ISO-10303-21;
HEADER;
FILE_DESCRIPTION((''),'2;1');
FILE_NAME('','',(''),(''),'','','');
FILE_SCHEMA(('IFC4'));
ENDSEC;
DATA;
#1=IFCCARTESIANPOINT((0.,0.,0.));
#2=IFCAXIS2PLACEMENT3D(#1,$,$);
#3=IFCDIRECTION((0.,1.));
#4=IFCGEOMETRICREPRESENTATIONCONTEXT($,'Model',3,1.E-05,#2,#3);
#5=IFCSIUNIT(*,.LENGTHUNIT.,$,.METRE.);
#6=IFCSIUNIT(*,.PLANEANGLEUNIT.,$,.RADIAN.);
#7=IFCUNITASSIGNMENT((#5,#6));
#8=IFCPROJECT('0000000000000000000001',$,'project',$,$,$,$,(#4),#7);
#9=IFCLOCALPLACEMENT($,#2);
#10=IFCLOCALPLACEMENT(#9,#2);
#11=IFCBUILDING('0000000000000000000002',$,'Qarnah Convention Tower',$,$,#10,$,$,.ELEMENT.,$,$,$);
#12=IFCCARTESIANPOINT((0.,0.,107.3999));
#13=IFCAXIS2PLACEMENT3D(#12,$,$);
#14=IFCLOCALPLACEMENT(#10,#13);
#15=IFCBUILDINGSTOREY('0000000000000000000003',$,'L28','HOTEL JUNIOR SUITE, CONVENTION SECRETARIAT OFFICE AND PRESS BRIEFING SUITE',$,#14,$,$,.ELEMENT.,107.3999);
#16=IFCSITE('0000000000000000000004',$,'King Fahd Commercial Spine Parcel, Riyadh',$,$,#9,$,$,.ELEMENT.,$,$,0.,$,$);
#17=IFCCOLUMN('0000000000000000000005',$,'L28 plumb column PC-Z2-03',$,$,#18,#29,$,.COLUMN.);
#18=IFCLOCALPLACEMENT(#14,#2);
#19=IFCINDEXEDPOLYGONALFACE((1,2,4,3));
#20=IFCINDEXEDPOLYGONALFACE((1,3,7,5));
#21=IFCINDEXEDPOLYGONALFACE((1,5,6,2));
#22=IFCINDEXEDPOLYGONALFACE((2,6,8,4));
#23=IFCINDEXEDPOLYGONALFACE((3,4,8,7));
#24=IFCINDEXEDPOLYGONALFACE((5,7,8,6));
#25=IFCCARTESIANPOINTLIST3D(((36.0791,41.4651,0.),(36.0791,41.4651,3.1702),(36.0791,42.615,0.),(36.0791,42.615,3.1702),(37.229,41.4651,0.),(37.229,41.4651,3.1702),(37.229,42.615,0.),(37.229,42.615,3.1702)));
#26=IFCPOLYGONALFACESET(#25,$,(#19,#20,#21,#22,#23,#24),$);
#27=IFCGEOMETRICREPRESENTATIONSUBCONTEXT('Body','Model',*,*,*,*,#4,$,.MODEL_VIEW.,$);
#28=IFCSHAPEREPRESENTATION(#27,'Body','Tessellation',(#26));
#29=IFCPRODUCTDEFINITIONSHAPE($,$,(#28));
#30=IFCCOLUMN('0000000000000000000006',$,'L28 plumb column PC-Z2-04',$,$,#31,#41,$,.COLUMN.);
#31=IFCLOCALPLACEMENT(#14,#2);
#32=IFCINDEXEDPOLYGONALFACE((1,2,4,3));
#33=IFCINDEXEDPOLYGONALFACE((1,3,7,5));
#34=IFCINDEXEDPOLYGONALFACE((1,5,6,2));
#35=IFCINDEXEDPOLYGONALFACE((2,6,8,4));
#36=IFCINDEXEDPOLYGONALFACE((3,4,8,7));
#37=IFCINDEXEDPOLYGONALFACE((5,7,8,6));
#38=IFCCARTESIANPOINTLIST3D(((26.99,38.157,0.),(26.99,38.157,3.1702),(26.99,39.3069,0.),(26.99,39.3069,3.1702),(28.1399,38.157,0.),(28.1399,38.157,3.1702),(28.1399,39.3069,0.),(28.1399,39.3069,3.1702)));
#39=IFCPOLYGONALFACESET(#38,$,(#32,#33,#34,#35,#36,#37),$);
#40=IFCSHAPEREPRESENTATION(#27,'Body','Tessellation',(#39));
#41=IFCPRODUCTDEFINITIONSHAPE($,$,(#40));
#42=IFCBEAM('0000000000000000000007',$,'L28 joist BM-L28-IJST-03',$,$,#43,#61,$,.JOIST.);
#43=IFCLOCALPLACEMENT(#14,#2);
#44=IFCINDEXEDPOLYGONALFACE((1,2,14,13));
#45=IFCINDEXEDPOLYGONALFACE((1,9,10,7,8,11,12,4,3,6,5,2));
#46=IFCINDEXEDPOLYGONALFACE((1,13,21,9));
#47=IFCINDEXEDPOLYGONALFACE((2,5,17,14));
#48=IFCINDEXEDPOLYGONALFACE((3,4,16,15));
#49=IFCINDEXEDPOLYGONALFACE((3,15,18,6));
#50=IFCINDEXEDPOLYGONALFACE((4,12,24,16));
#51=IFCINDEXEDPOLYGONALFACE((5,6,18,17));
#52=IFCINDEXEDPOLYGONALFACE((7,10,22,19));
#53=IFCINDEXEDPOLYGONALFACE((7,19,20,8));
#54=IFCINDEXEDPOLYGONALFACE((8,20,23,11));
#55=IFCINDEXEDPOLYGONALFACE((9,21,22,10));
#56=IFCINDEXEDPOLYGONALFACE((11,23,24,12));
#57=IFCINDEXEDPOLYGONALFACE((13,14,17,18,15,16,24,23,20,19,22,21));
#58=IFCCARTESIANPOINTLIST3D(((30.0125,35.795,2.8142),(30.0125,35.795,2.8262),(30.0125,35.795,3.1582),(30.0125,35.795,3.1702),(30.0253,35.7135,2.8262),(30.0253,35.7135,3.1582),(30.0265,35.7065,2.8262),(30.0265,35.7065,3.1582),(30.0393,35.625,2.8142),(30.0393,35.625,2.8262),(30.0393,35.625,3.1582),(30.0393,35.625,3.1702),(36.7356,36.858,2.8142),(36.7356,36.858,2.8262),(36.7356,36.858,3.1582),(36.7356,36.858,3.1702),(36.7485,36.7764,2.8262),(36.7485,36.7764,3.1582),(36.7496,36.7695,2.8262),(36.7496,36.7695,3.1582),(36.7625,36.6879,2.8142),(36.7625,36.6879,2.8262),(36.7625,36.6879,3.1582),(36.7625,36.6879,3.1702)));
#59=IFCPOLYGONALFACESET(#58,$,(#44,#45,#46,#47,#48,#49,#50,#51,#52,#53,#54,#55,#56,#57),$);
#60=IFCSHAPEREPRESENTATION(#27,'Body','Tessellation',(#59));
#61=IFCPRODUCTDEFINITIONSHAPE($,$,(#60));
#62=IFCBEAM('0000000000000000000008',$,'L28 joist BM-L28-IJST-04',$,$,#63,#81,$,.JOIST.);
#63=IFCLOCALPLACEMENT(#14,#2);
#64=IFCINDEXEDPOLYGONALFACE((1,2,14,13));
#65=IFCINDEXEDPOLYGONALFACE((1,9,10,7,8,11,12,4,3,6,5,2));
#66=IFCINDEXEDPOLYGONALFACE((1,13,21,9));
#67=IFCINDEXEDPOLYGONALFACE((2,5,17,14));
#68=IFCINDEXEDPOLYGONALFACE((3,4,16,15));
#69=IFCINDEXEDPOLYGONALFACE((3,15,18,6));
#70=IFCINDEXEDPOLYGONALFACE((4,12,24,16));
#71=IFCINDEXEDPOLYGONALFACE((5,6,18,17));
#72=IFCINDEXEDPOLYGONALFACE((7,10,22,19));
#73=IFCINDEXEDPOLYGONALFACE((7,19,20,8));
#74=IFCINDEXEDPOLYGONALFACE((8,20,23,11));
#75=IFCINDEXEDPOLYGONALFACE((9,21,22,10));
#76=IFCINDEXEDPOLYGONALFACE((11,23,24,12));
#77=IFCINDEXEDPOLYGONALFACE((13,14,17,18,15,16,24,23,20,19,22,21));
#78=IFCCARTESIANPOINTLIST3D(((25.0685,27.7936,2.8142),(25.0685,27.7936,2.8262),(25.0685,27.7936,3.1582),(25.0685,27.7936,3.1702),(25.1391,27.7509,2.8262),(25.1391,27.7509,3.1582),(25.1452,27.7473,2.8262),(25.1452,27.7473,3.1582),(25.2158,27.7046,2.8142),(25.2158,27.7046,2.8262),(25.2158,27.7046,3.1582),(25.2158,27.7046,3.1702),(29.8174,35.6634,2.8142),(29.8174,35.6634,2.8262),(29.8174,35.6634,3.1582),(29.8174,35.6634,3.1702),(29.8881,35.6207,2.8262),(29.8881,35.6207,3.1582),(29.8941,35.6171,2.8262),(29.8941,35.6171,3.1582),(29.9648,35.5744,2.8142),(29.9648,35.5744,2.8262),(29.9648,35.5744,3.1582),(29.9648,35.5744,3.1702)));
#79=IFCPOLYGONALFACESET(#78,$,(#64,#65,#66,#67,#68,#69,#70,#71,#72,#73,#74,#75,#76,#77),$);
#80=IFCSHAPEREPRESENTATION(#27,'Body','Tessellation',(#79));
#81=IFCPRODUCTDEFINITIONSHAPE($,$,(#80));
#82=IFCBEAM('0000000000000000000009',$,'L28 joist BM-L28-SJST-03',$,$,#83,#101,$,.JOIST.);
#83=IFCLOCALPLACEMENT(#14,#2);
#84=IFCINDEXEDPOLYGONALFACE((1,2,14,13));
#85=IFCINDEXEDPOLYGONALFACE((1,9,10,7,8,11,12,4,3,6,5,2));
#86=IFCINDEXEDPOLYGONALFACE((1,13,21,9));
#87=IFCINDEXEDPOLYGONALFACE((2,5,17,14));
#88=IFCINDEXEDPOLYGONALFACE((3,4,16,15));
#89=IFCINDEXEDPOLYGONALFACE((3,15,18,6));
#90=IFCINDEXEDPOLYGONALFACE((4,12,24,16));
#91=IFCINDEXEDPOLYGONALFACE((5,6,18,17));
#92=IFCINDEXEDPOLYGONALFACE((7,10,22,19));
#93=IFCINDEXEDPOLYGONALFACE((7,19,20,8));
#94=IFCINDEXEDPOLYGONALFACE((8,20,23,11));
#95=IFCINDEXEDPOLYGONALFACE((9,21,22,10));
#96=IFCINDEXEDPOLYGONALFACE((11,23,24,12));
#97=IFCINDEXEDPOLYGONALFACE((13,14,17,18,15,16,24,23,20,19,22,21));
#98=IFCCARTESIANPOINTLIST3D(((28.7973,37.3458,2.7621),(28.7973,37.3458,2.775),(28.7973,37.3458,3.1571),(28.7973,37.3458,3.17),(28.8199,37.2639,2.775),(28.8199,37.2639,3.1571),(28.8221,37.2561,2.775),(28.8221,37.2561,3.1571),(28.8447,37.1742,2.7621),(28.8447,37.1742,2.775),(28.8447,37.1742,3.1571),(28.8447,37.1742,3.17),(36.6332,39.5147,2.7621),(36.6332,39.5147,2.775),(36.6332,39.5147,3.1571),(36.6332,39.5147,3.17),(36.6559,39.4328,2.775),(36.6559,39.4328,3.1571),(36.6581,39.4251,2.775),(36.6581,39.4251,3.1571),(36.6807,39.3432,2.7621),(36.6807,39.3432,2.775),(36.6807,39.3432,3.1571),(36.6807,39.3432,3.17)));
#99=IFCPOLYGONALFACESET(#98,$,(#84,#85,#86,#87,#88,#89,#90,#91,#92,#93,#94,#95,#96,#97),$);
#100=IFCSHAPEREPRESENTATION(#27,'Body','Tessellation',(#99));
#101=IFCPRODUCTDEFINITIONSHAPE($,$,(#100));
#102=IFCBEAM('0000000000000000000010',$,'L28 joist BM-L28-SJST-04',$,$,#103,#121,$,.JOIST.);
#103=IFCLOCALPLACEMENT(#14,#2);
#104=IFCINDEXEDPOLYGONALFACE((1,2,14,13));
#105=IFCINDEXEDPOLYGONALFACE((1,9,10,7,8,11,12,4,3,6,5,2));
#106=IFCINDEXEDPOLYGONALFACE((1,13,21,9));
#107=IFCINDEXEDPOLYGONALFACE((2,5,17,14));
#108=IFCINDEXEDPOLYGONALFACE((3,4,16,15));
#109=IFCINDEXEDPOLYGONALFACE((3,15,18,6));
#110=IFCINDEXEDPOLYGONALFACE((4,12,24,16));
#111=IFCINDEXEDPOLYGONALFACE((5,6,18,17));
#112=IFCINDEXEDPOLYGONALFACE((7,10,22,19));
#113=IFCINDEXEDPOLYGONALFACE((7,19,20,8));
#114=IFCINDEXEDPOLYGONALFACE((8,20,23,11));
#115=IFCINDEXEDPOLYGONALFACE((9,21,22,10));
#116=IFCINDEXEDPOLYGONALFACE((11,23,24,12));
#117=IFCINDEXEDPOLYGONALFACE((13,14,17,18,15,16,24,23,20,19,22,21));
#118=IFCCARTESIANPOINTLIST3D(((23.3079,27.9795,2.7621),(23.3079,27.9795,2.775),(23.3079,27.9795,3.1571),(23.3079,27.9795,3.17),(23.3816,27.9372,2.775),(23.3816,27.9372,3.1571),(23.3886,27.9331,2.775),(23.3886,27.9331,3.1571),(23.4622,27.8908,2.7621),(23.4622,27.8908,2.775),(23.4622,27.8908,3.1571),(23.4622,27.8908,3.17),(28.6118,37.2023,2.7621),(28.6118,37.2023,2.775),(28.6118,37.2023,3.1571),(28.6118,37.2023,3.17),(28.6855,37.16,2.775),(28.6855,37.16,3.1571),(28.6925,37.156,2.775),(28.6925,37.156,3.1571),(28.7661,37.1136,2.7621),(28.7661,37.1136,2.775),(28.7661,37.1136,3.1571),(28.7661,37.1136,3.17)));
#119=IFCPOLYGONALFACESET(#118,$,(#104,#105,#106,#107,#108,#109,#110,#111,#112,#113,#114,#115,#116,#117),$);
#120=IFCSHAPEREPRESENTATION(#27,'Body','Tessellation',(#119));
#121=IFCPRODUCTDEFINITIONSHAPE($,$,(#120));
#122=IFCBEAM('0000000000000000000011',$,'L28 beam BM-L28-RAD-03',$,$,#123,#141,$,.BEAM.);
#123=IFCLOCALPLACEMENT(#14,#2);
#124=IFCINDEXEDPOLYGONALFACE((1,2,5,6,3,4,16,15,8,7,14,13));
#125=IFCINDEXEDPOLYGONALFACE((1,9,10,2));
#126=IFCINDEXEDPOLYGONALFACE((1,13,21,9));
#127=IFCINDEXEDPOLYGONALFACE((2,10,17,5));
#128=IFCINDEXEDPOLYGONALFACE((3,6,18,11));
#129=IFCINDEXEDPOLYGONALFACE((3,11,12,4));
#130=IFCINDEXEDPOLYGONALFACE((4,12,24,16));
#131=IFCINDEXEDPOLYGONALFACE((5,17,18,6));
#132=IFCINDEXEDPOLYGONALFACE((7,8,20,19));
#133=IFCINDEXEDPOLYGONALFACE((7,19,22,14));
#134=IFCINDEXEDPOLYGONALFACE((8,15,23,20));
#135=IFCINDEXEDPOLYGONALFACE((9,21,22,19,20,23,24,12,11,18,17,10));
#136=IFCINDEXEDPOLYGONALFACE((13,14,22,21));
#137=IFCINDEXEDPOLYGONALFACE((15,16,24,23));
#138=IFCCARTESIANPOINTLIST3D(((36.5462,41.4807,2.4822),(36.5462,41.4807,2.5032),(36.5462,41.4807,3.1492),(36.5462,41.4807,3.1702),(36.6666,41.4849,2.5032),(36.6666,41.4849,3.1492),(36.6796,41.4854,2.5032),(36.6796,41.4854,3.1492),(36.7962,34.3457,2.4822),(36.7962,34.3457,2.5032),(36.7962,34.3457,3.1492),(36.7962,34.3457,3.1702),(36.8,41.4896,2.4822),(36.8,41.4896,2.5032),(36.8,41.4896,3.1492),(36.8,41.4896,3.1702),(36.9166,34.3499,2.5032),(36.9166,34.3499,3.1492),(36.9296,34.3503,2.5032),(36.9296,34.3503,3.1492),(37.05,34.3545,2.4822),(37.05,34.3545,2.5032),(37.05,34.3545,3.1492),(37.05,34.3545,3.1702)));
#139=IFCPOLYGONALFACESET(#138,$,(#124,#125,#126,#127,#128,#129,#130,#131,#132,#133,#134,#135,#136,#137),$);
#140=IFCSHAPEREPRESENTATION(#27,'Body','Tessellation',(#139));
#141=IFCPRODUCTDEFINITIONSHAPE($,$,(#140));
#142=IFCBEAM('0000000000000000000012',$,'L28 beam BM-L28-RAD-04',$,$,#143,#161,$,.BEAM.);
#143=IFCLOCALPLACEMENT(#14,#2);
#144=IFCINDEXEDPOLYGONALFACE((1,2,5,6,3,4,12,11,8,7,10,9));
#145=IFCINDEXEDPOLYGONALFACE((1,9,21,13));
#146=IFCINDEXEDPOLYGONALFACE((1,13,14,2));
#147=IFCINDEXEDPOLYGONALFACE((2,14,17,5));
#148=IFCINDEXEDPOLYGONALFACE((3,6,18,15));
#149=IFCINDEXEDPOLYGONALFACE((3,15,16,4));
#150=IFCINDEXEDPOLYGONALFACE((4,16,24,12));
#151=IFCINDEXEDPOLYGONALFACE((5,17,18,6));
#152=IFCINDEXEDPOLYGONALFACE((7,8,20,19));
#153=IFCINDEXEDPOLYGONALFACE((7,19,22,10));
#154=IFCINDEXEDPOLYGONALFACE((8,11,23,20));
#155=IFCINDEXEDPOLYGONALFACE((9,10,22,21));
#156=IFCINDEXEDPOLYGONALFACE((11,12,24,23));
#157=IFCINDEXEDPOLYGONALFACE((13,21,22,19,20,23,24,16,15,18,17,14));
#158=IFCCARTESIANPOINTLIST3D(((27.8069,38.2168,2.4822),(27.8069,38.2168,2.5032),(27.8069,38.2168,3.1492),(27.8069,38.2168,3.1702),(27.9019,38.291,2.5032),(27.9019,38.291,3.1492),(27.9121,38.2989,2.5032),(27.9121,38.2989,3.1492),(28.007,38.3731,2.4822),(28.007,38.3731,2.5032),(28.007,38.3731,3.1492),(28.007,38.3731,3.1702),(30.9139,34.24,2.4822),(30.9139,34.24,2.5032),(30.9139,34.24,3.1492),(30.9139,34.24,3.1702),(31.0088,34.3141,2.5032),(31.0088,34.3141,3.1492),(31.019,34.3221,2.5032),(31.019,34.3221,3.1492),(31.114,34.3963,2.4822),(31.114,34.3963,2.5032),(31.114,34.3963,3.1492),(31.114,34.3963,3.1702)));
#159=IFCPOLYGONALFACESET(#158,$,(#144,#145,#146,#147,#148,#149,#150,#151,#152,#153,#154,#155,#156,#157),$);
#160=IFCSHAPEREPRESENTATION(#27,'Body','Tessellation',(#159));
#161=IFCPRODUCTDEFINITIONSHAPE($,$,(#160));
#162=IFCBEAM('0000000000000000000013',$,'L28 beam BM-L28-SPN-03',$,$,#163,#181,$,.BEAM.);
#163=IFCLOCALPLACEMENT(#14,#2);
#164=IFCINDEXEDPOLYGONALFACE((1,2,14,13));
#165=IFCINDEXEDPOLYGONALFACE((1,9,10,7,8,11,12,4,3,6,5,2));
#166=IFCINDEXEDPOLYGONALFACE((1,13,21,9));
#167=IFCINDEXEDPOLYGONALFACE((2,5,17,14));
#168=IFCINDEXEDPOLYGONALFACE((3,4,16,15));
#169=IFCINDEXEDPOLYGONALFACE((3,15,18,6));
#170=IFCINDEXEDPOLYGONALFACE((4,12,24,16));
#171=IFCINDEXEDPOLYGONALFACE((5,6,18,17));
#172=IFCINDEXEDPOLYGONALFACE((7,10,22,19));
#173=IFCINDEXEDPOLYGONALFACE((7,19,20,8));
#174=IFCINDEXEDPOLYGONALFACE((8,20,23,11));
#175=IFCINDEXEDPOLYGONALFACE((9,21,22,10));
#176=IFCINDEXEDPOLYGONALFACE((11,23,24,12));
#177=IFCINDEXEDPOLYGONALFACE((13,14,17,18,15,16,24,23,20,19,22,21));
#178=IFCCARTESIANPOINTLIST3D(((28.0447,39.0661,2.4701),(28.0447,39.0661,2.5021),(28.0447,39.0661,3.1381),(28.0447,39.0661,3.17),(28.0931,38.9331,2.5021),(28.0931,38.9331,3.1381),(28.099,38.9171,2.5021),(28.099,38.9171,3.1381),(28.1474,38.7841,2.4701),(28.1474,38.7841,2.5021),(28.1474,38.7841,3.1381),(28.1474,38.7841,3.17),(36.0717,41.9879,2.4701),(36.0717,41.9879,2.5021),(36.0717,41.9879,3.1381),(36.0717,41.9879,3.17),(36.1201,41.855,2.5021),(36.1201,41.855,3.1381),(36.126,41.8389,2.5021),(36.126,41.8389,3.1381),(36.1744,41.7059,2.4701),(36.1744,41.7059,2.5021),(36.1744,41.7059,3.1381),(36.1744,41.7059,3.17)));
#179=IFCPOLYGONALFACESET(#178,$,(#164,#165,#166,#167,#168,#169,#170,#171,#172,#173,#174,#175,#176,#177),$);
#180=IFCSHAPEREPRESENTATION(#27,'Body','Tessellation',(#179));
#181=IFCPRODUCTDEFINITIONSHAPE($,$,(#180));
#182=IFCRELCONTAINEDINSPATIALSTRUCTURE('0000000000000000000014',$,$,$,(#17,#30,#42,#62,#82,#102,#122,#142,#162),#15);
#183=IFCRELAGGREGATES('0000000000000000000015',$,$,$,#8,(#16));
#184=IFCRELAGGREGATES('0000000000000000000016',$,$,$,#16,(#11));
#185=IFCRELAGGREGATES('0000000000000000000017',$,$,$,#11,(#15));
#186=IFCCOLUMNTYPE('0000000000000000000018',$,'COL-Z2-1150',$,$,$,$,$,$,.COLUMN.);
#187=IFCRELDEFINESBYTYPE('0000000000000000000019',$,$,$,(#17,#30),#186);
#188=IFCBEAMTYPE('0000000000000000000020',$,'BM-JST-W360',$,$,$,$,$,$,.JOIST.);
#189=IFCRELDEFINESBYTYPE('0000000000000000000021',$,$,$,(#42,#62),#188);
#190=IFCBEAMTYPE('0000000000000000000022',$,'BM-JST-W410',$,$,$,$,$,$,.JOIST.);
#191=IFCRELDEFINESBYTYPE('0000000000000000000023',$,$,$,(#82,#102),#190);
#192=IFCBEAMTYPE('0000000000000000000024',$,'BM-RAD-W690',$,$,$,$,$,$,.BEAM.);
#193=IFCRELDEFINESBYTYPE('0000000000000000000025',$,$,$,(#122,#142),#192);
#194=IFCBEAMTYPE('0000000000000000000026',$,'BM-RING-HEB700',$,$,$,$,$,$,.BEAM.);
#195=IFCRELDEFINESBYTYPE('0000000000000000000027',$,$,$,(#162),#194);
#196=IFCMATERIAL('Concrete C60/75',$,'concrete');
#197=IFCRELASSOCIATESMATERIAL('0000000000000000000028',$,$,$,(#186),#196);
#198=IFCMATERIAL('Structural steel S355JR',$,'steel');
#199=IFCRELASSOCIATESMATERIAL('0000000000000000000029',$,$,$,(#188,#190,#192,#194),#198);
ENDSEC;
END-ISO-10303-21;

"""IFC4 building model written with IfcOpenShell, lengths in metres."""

from ifc_helpers import new_model, si_unit, direction, frame, origin, origin_2d, place, context, subcontext, project, spatial, rectangle, i_section, extrude, material, material_profile, profile_set, type_object, element, save


model = new_model("IFC4")

# Units and contexts
model_context = context("Model", 3, precision=1e-05, world=origin(), true_north=direction((0.0, 1.0)))
body_context = subcontext(model_context, "Body", "Model", "MODEL_VIEW")
ifc_project = project(units=[si_unit("LENGTHUNIT", "METRE"), si_unit("PLANEANGLEUNIT", "RADIAN")], contexts=[model_context])

# Site, building, storey
site_placement = place(None, origin())
site = spatial("IfcSite", under=ifc_project, at=site_placement, Name="King Fahd Commercial Spine Parcel, Riyadh", CompositionType="ELEMENT", RefElevation=0.0)
building_placement = place(site_placement, origin())
building = spatial("IfcBuilding", under=site, at=building_placement, Name="Qarnah Convention Tower", CompositionType="ELEMENT")
storey_placement = place(building_placement, frame((0.0, 0.0, 107.3999)))
storey = spatial("IfcBuildingStorey", under=building, at=storey_placement, Name="L28", Description="HOTEL JUNIOR SUITE, CONVENTION SECRETARIAT OFFICE AND PRESS BRIEFING SUITE", CompositionType="ELEMENT", Elevation=107.3999)

# Columns
ifc_material_1 = material(Name="Concrete C60/75", Category="concrete")
ifc_material_profile_1 = material_profile(ifc_material_1, rectangle(XDim=1.1499, YDim=1.1499, at=origin_2d()), Name="RC-COL-1150X1150")
ifc_profile_set_1 = profile_set([ifc_material_profile_1], Name="Concrete C60/75")
column_type = type_object("IfcColumnType", Name="COL-Z2-1150", PredefinedType="COLUMN", material=ifc_profile_set_1)
for number, where, z_axis, x_axis, name in (
    (1, (36.6541, 42.04, 0.0), (0.0, 0.0, 1.0), (1.0, 0.0, 0.0), "L28 plumb column PC-Z2-03"),
    (2, (27.5649, 38.7319, 0.0), (0.0, 0.0, 1.0), (1.0, 0.0, 0.0), "L28 plumb column PC-Z2-04"),
):
    element("IfcColumn", number, at=place(storey_placement, frame(where, z_axis=z_axis, x_axis=x_axis)), inside=storey, type_object=column_type, Name=name, PredefinedType="COLUMN", context=body_context, shape_type="SweptSolid", body=[
        extrude(rectangle(XDim=1.1499, YDim=1.1499, at=origin_2d()), origin(), (0.0, 0.0, 1.0), 3.1702),
    ])

# Beams
ifc_material_2 = material(Name="Structural steel S355JR", Category="steel")
ifc_material_profile_2 = material_profile(ifc_material_2, i_section(OverallWidth=0.1721, OverallDepth=0.356, WebThickness=0.0071, FlangeThickness=0.012, at=origin_2d()), Name="W360X51")
ifc_profile_set_2 = profile_set([ifc_material_profile_2], Name="Structural steel S355JR")
beam_type_1 = type_object("IfcBeamType", Name="BM-JST-W360", PredefinedType="JOIST", material=ifc_profile_set_2)
beam_1_placement = place(storey_placement, frame((36.749, 36.7729, 2.9922), z_axis=(-0.98773, -0.156169, 0.0), x_axis=(0.156169, -0.98773, 0.0)))
element("IfcBeam", 3, at=beam_1_placement, inside=storey, type_object=beam_type_1, Name="L28 joist BM-L28-IJST-03", PredefinedType="JOIST", context=body_context, shape_type="SweptSolid", body=[
    extrude(i_section(OverallWidth=0.1721, OverallDepth=0.356, WebThickness=0.0071, FlangeThickness=0.012, at=origin_2d()), origin(), (0.0, 0.0, 1.0), 6.8066),
])
beam_2_placement = place(storey_placement, frame((29.8911, 35.6189, 2.9922), z_axis=(-0.516662, -0.856189, 0.0), x_axis=(0.856189, -0.516662, 0.0)))
element("IfcBeam", 4, at=beam_2_placement, inside=storey, type_object=beam_type_1, Name="L28 joist BM-L28-IJST-04", PredefinedType="JOIST", context=body_context, shape_type="SweptSolid", body=[
    extrude(i_section(OverallWidth=0.1721, OverallDepth=0.356, WebThickness=0.0071, FlangeThickness=0.012, at=origin_2d()), origin(), (0.0, 0.0, 1.0), 9.1917),
])
ifc_material_profile_3 = material_profile(ifc_material_2, i_section(OverallWidth=0.178, OverallDepth=0.408, WebThickness=0.0081, FlangeThickness=0.0129, at=origin_2d()), Name="W410X60")
ifc_profile_set_3 = profile_set([ifc_material_profile_3], Name="Structural steel S355JR")
beam_type_2 = type_object("IfcBeamType", Name="BM-JST-W410", PredefinedType="JOIST", material=ifc_profile_set_3)
beam_3_placement = place(storey_placement, frame((36.657, 39.429, 2.9661), z_axis=(-0.963762, -0.266764, 0.0), x_axis=(0.266764, -0.963762, 0.0)))
element("IfcBeam", 5, at=beam_3_placement, inside=storey, type_object=beam_type_2, Name="L28 joist BM-L28-SJST-03", PredefinedType="JOIST", context=body_context, shape_type="SweptSolid", body=[
    extrude(i_section(OverallWidth=0.178, OverallDepth=0.408, WebThickness=0.0081, FlangeThickness=0.0129, at=origin_2d()), origin(), (0.0, 0.0, 1.0), 8.1306),
])
beam_4_placement = place(storey_placement, frame((28.689, 37.158, 2.9661), z_axis=(-0.498527, -0.866874, 0.0), x_axis=(0.866874, -0.498527, 0.0)))
element("IfcBeam", 6, at=beam_4_placement, inside=storey, type_object=beam_type_2, Name="L28 joist BM-L28-SJST-04", PredefinedType="JOIST", context=body_context, shape_type="SweptSolid", body=[
    extrude(i_section(OverallWidth=0.178, OverallDepth=0.408, WebThickness=0.0081, FlangeThickness=0.0129, at=origin_2d()), origin(), (0.0, 0.0, 1.0), 10.6392),
])
ifc_material_profile_4 = material_profile(ifc_material_2, i_section(OverallWidth=0.2539, OverallDepth=0.688, WebThickness=0.0129, FlangeThickness=0.021, at=origin_2d()), Name="W690X152")
ifc_profile_set_4 = profile_set([ifc_material_profile_4], Name="Structural steel S355JR")
beam_type_3 = type_object("IfcBeamType", Name="BM-RAD-W690", PredefinedType="BEAM", material=ifc_profile_set_4)
beam_5_placement = place(storey_placement, frame((36.9231, 34.3501, 2.8262), z_axis=(-0.035017, 0.999387, 0.0), x_axis=(-0.999387, -0.035017, 0.0)))
element("IfcBeam", 7, at=beam_5_placement, inside=storey, type_object=beam_type_3, Name="L28 beam BM-L28-RAD-03", PredefinedType="BEAM", context=body_context, shape_type="SweptSolid", body=[
    extrude(i_section(OverallWidth=0.2539, OverallDepth=0.688, WebThickness=0.0129, FlangeThickness=0.021, at=origin_2d()), origin(), (0.0, 0.0, 1.0), 7.1394),
])
beam_6_placement = place(storey_placement, frame((31.0139, 34.3181, 2.8262), z_axis=(-0.615651, 0.788019, 0.0), x_axis=(-0.788019, -0.615651, 0.0)))
element("IfcBeam", 8, at=beam_6_placement, inside=storey, type_object=beam_type_3, Name="L28 beam BM-L28-RAD-04", PredefinedType="BEAM", context=body_context, shape_type="SweptSolid", body=[
    extrude(i_section(OverallWidth=0.2539, OverallDepth=0.688, WebThickness=0.0129, FlangeThickness=0.021, at=origin_2d()), origin(), (0.0, 0.0, 1.0), 5.0466),
])
ifc_material_profile_5 = material_profile(ifc_material_2, i_section(OverallWidth=0.3, OverallDepth=0.7, WebThickness=0.0171, FlangeThickness=0.032, at=origin_2d()), Name="HEB700")
ifc_profile_set_5 = profile_set([ifc_material_profile_5], Name="Structural steel S355JR")
beam_type_4 = type_object("IfcBeamType", Name="BM-RING-HEB700", PredefinedType="BEAM", material=ifc_profile_set_5)
beam_7_placement = place(storey_placement, frame((36.123, 41.8469, 2.8201), z_axis=(-0.939683, -0.342046, 0.0), x_axis=(0.342046, -0.939683, 0.0)))
element("IfcBeam", 9, at=beam_7_placement, inside=storey, type_object=beam_type_4, Name="L28 beam BM-L28-SPN-03", PredefinedType="BEAM", context=body_context, shape_type="SweptSolid", body=[
    extrude(i_section(OverallWidth=0.3, OverallDepth=0.7, WebThickness=0.0171, FlangeThickness=0.032, at=origin_2d()), origin(), (0.0, 0.0, 1.0), 8.5422),
])

save(model, "model.ifc")
